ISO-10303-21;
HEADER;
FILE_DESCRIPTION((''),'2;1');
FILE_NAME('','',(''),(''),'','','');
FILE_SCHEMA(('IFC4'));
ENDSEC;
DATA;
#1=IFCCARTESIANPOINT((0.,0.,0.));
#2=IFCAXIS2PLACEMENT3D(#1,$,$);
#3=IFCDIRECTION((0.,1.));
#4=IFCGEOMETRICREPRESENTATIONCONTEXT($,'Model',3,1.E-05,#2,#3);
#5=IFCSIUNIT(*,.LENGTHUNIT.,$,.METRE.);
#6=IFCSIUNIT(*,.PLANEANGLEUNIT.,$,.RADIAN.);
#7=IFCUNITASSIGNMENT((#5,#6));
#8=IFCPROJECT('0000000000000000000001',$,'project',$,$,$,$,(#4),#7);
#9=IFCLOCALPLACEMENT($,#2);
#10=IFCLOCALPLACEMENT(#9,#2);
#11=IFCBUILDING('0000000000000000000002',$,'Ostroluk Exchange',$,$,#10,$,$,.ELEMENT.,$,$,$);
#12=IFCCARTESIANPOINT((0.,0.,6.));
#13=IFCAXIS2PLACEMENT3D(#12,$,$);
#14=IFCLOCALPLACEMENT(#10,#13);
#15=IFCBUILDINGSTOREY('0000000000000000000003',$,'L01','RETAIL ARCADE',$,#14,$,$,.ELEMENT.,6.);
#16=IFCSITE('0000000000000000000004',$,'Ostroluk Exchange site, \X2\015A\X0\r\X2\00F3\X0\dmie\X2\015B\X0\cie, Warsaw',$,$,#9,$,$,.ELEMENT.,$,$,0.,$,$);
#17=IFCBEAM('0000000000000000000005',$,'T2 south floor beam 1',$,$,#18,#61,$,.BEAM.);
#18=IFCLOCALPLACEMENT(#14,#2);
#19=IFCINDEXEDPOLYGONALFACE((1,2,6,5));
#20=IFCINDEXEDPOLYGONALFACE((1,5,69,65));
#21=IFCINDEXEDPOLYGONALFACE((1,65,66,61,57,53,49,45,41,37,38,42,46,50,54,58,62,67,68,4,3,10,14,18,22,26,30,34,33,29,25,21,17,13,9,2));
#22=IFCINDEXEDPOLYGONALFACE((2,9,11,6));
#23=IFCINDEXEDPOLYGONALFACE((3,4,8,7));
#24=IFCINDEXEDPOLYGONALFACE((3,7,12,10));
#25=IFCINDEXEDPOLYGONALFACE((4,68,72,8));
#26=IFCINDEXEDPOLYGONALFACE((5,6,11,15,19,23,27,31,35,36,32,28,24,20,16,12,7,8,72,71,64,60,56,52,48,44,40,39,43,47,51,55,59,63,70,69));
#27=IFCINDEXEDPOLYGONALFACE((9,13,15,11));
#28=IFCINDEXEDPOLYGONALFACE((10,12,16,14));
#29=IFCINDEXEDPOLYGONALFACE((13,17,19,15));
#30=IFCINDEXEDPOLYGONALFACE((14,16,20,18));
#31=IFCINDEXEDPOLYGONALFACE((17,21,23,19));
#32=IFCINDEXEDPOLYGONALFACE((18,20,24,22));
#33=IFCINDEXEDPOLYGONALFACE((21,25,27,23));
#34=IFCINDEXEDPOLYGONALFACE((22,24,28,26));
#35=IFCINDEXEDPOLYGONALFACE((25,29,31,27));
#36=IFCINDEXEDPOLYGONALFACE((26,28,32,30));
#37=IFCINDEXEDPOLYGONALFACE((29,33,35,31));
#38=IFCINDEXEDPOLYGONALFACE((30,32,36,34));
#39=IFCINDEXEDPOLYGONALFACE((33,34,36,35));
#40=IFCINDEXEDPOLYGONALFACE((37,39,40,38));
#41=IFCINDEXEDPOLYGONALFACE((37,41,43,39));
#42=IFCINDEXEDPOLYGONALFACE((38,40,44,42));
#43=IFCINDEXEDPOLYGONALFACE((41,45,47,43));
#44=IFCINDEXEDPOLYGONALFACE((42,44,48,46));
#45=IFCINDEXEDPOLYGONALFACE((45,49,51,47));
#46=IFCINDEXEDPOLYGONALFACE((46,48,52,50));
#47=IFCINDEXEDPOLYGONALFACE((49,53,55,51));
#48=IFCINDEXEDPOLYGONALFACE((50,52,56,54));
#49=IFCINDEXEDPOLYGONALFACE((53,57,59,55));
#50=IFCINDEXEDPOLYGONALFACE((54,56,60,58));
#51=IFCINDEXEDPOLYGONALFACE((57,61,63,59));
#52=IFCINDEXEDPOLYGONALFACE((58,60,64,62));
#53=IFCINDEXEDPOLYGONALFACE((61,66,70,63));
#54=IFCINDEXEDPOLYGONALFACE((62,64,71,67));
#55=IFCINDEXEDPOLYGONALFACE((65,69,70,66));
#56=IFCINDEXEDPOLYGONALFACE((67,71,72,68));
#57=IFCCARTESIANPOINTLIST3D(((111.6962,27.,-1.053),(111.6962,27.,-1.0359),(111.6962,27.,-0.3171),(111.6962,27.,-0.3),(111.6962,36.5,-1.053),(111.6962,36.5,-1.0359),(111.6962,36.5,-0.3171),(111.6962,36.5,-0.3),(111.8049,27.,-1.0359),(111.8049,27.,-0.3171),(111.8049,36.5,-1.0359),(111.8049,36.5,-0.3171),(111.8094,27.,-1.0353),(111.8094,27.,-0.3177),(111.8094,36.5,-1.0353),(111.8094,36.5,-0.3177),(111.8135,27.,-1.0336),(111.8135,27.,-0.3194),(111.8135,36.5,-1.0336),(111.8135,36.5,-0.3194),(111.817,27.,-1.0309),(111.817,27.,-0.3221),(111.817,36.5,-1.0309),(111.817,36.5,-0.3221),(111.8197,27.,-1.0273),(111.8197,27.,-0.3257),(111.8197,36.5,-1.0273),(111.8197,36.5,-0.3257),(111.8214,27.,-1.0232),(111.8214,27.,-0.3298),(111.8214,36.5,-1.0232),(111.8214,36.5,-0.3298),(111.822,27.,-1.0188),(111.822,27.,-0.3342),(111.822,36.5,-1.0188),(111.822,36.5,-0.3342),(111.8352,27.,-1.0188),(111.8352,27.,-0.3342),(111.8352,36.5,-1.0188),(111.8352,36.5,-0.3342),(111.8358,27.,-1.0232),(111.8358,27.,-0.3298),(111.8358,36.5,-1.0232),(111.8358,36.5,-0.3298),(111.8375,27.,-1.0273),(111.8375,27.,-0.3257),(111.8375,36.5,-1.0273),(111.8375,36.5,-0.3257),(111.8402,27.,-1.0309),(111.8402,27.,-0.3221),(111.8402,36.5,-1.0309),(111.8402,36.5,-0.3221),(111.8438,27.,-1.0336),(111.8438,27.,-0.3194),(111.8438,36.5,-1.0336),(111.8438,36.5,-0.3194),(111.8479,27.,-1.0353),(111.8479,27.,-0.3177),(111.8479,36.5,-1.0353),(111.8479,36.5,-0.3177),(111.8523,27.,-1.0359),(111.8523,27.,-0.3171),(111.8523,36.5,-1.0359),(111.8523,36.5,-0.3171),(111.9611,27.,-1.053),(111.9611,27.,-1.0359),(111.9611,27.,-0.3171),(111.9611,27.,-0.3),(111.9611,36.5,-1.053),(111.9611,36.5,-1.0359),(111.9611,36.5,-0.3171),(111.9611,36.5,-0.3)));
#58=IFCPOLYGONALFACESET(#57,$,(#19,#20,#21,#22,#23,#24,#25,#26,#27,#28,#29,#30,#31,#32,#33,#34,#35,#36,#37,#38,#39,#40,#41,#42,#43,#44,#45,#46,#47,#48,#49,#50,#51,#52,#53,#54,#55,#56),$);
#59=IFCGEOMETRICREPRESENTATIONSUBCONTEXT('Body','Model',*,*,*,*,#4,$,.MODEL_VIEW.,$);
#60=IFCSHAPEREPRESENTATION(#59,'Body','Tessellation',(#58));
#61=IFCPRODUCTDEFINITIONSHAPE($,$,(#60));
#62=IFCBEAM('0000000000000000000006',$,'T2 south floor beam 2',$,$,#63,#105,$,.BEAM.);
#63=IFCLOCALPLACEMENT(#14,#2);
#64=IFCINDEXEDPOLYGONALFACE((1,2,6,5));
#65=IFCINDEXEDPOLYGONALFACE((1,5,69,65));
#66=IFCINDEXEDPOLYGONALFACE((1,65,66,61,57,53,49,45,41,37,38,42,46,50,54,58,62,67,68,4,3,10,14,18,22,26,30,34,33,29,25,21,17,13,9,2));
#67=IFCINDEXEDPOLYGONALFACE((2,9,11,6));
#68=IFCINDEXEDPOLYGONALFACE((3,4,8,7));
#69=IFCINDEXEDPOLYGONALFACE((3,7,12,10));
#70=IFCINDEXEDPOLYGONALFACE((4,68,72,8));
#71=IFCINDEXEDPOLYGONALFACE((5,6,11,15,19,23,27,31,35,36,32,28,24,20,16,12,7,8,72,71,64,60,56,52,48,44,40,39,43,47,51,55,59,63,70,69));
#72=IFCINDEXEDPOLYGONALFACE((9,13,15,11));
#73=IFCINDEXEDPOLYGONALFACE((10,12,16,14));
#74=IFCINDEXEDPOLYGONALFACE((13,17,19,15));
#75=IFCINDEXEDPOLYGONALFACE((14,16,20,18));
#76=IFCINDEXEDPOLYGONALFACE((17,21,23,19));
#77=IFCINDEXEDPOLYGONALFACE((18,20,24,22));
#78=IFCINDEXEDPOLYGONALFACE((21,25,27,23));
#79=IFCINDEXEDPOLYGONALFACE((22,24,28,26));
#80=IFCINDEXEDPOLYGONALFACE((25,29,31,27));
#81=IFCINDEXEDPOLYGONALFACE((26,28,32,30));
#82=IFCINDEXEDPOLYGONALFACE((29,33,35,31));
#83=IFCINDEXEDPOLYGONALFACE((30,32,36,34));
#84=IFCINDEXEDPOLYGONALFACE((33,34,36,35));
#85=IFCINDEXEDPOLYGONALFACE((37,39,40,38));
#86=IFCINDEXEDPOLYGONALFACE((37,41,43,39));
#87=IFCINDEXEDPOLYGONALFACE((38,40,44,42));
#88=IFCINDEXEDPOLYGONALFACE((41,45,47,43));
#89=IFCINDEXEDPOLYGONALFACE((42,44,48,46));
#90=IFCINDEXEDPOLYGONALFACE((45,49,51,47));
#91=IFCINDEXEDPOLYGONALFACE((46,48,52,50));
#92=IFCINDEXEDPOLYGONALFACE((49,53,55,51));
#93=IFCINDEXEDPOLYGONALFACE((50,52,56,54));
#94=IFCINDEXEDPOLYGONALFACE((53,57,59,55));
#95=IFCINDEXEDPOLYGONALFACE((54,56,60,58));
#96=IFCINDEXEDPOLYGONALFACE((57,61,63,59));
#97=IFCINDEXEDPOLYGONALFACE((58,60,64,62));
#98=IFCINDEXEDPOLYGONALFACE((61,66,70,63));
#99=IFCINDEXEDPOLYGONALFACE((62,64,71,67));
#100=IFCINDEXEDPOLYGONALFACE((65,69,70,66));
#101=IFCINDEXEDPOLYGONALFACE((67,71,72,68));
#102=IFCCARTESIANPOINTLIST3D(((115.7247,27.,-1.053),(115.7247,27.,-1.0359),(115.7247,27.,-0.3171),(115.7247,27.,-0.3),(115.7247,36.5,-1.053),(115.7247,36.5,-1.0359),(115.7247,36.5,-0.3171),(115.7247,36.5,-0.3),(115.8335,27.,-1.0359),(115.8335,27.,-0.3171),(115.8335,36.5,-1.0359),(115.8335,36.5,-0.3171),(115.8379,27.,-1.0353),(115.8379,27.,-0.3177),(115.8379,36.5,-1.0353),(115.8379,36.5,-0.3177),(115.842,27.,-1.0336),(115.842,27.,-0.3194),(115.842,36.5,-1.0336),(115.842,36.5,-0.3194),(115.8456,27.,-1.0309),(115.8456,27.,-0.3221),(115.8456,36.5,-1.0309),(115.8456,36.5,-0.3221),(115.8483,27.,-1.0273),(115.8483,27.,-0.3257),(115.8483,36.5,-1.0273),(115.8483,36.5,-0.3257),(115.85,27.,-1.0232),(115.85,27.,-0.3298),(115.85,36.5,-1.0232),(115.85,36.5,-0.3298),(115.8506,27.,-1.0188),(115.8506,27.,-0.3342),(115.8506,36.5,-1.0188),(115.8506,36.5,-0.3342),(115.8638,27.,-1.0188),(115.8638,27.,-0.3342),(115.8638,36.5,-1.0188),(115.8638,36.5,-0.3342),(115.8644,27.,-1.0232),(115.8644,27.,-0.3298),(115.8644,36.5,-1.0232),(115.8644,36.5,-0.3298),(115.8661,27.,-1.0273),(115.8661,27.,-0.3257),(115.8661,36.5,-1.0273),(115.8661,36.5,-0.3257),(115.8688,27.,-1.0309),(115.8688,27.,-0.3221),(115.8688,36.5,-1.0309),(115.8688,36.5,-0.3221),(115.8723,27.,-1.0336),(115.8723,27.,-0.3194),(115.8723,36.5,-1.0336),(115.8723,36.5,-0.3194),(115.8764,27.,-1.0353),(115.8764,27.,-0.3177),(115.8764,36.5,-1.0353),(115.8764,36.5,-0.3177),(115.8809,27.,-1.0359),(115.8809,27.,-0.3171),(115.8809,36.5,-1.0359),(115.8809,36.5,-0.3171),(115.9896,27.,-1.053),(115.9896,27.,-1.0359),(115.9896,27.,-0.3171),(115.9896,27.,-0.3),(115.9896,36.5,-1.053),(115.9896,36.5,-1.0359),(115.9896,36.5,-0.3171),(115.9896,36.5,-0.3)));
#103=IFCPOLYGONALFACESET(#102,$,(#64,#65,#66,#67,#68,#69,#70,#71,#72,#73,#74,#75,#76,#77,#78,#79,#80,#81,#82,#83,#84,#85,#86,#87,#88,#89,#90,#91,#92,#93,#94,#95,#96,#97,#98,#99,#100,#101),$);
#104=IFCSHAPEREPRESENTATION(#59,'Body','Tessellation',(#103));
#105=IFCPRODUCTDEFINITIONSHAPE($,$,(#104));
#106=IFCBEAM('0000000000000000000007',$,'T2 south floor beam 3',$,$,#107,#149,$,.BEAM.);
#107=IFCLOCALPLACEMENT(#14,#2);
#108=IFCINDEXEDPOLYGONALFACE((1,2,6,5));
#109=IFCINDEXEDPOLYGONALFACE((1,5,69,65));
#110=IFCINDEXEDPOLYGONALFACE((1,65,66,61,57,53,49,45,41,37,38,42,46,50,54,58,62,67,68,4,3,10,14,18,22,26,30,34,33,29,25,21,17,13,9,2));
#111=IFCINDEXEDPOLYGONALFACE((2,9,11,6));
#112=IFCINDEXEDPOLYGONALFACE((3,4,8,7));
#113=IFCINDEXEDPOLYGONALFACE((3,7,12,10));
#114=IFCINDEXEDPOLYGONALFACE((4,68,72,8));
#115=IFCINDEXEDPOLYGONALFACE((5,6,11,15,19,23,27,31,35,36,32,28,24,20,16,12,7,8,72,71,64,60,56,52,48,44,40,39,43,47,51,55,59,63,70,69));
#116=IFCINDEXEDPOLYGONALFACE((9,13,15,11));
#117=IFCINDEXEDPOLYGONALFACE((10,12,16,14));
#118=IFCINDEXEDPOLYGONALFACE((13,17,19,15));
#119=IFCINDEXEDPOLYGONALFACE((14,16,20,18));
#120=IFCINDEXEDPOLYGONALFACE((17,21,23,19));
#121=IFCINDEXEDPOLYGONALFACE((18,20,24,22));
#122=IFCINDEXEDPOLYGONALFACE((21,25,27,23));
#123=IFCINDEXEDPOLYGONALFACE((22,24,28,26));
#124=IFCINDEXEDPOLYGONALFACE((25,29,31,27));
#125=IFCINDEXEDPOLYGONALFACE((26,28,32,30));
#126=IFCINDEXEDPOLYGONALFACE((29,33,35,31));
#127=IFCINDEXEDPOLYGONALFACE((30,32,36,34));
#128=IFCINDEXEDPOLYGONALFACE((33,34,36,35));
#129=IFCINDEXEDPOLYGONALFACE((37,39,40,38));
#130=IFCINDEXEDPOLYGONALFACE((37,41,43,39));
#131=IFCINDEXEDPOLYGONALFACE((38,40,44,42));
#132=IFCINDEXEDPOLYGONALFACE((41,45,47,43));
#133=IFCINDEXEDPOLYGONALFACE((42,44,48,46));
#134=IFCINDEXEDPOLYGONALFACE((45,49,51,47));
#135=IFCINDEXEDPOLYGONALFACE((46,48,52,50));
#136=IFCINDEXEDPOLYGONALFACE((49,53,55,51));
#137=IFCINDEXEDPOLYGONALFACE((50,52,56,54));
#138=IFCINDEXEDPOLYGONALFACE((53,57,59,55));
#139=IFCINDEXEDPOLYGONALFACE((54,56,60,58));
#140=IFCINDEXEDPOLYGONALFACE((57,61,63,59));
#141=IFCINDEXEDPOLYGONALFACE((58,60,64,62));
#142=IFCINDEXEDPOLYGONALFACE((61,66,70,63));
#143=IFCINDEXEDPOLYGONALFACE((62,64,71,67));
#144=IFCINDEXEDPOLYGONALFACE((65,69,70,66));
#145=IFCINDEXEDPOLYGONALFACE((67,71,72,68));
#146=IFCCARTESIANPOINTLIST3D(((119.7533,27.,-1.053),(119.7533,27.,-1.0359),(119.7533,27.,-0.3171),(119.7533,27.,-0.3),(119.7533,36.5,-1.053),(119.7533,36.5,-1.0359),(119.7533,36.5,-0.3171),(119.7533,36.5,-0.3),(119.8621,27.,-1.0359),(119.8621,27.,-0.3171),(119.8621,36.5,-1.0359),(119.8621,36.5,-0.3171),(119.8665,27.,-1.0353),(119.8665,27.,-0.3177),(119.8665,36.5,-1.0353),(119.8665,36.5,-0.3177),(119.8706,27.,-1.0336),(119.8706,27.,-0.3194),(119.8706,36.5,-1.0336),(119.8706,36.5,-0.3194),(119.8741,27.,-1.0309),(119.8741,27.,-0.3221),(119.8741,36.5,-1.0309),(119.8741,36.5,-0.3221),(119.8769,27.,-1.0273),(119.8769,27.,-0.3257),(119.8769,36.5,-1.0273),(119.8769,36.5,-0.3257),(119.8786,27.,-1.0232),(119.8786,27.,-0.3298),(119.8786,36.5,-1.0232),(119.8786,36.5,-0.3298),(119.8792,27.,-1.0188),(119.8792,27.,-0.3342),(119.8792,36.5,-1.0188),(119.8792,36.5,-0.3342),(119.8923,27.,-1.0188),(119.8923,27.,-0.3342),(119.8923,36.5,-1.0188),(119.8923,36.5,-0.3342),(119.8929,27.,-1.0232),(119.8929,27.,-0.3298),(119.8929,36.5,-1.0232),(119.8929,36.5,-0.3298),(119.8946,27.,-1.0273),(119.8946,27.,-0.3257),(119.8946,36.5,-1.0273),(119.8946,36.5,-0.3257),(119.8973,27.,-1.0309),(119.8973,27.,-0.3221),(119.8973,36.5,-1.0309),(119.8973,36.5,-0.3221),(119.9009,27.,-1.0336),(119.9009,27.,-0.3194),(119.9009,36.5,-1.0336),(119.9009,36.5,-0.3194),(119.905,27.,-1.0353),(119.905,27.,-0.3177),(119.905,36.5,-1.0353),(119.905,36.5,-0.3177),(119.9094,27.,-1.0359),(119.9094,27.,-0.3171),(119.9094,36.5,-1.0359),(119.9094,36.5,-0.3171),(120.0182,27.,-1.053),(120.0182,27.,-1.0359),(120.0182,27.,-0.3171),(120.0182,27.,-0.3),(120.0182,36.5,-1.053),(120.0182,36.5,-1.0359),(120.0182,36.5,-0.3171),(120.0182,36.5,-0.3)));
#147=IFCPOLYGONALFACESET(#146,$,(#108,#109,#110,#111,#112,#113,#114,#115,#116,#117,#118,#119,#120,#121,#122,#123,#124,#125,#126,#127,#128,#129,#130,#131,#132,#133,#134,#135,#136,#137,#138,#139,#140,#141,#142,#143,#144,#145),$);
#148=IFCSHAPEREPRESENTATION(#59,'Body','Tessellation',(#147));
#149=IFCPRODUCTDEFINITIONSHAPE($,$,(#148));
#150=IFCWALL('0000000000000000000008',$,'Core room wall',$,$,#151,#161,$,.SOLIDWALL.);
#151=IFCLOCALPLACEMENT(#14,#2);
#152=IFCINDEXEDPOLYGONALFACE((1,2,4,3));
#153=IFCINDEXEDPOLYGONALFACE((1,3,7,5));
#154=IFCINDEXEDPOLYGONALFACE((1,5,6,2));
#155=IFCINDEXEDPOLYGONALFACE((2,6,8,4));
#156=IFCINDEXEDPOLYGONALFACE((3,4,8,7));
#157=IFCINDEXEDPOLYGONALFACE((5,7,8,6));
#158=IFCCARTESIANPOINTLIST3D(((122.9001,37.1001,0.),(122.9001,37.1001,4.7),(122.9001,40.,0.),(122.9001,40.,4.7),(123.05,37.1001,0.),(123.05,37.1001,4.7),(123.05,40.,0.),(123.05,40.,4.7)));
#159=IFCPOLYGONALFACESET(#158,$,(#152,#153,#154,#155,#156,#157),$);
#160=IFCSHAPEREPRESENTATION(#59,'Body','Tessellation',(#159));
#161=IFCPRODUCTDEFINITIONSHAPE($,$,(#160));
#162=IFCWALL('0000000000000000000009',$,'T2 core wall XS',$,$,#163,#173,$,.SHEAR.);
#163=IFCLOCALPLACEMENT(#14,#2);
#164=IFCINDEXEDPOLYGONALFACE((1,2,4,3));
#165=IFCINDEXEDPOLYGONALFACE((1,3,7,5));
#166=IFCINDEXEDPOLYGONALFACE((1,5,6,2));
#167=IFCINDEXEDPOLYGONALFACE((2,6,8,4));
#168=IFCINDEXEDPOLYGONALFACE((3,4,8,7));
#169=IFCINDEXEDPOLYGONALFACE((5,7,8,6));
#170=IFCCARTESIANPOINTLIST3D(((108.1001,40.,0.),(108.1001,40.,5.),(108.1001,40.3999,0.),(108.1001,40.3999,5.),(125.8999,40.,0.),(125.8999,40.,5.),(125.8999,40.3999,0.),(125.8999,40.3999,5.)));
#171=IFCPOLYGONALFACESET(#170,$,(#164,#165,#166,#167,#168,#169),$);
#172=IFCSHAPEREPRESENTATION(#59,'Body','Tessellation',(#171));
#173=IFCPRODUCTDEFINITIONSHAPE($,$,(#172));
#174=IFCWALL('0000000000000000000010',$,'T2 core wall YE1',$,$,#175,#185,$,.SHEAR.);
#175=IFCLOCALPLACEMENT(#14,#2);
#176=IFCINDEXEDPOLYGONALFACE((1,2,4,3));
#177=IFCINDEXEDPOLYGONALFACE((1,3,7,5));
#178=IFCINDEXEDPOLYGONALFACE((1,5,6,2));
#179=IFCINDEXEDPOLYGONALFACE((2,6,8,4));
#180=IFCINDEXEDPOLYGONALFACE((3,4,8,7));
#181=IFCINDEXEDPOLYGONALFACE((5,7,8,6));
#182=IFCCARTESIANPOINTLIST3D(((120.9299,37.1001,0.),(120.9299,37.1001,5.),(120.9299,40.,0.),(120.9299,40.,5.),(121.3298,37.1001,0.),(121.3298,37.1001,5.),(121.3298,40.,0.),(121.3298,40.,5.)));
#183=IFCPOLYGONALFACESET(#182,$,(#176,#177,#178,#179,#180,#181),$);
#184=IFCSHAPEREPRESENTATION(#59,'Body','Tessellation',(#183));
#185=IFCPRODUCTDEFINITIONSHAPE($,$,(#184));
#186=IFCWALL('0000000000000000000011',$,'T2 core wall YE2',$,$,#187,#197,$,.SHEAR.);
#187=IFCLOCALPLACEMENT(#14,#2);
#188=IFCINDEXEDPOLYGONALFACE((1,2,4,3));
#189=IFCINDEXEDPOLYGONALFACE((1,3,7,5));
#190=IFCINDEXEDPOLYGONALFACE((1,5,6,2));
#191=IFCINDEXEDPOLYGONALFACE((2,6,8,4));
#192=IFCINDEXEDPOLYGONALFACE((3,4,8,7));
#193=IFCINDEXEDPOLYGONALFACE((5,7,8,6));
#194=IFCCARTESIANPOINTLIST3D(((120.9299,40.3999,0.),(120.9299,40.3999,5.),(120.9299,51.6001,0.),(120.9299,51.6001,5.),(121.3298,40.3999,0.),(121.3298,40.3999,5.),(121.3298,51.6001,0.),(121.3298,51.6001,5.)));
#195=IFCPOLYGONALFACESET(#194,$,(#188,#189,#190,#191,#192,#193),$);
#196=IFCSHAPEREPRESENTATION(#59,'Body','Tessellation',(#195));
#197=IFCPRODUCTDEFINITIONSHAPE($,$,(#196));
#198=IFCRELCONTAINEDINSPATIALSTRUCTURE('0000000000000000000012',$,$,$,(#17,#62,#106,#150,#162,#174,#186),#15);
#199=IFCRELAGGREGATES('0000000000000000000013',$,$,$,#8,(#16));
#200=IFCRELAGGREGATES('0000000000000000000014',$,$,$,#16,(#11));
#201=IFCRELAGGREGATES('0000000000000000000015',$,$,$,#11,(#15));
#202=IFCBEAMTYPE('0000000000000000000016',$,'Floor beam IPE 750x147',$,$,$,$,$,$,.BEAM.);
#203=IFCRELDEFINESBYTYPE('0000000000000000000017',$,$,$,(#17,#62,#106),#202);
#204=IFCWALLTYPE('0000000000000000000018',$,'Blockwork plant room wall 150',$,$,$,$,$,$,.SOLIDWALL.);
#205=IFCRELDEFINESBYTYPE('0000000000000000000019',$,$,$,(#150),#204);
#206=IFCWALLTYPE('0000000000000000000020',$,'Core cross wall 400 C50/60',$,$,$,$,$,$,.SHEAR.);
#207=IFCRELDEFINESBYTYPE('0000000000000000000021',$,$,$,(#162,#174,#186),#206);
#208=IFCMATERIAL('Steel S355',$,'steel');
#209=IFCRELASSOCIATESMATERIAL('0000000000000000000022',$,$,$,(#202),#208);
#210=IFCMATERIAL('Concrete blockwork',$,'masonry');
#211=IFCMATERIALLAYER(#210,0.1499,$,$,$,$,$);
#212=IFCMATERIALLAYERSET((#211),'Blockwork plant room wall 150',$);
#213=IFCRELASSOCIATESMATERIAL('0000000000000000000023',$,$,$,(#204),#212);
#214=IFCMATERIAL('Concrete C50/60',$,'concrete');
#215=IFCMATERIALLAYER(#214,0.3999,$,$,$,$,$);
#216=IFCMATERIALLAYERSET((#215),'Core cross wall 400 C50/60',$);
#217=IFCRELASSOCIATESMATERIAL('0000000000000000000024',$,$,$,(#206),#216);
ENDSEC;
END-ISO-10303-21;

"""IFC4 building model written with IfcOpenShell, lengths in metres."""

from ifc_helpers import new_model, si_unit, direction, frame, frame_2d, origin, origin_2d, place, context, subcontext, project, spatial, rectangle, i_section, extrude, material, layer, layer_set, material_profile, profile_set, type_object, element, save


model = new_model("IFC4")

# Units and contexts
model_context = context("Model", 3, precision=1e-05, world=origin(), true_north=direction((0.0, 1.0)))
body_context = subcontext(model_context, "Body", "Model", "MODEL_VIEW")
ifc_project = project(units=[si_unit("LENGTHUNIT", "METRE"), si_unit("PLANEANGLEUNIT", "RADIAN")], contexts=[model_context])

# Site, building, storey
site_placement = place(None, origin())
site = spatial("IfcSite", under=ifc_project, at=site_placement, Name="Ostroluk Exchange site, Śródmieście, Warsaw", CompositionType="ELEMENT", RefElevation=0.0)
building_placement = place(site_placement, origin())
building = spatial("IfcBuilding", under=site, at=building_placement, Name="Ostroluk Exchange", CompositionType="ELEMENT")
storey_placement = place(building_placement, frame((0.0, 0.0, 6.0)))
storey = spatial("IfcBuildingStorey", under=building, at=storey_placement, Name="L01", Description="RETAIL ARCADE", CompositionType="ELEMENT", Elevation=6.0)

# Beams
ifc_material_1 = material(Name="Steel S355", Category="steel")
ifc_material_profile = material_profile(ifc_material_1, i_section(OverallWidth=0.2649, OverallDepth=0.7529, WebThickness=0.0132, FlangeThickness=0.0171, FilletRadius=0.0171, at=origin_2d()), Name="IPE 750x147")
ifc_profile_set = profile_set([ifc_material_profile], Name="Steel S355")
beam_type = type_object("IfcBeamType", Name="Floor beam IPE 750x147", PredefinedType="BEAM", material=ifc_profile_set)
for number, where, z_axis, x_axis, name in (
    (1, (111.8286, 36.5, -0.6765), (0.0, -1.0, 0.0), (1.0, 0.0, 0.0), "T2 south floor beam 1"),
    (2, (115.8572, 36.5, -0.6765), (0.0, -1.0, 0.0), (1.0, 0.0, 0.0), "T2 south floor beam 2"),
    (3, (119.8857, 36.5, -0.6765), (0.0, -1.0, 0.0), (1.0, 0.0, 0.0), "T2 south floor beam 3"),
):
    element("IfcBeam", number, at=place(storey_placement, frame(where, z_axis=z_axis, x_axis=x_axis)), inside=storey, type_object=beam_type, Name=name, PredefinedType="BEAM", context=body_context, shape_type="SweptSolid", body=[
        extrude(i_section(OverallWidth=0.2649, OverallDepth=0.7529, WebThickness=0.0132, FlangeThickness=0.0171, FilletRadius=0.0171, at=origin_2d()), origin(), (0.0, 0.0, 1.0), 9.5),
    ])

# Walls
ifc_material_2 = material(Name="Concrete blockwork", Category="masonry")
ifc_layer_1 = layer(ifc_material_2, 0.1499)
ifc_layer_set_1 = layer_set([ifc_layer_1], Name="Blockwork plant room wall 150")
wall_type_1 = type_object("IfcWallType", Name="Blockwork plant room wall 150", PredefinedType="SOLIDWALL", material=ifc_layer_set_1)
wall_1_placement = place(storey_placement, frame((122.9751, 37.1001, 0.0), z_axis=(0.0, 0.0, 1.0), x_axis=(0.0, 1.0, 0.0)))
element("IfcWall", 4, at=wall_1_placement, inside=storey, type_object=wall_type_1, Name="Core room wall", PredefinedType="SOLIDWALL", context=body_context, shape_type="SweptSolid", body=[
    extrude(rectangle(XDim=2.8999, YDim=0.1499, at=frame_2d((1.45, 0.0))), origin(), (0.0, 0.0, 1.0), 4.7),
])
ifc_material_3 = material(Name="Concrete C50/60", Category="concrete")
ifc_layer_2 = layer(ifc_material_3, 0.3999)
ifc_layer_set_2 = layer_set([ifc_layer_2], Name="Core cross wall 400 C50/60")
wall_type_2 = type_object("IfcWallType", Name="Core cross wall 400 C50/60", PredefinedType="SHEAR", material=ifc_layer_set_2)
wall_2_placement = place(storey_placement, frame((108.1001, 40.2, 0.0), z_axis=(0.0, 0.0, 1.0), x_axis=(1.0, 0.0, 0.0)))
element("IfcWall", 5, at=wall_2_placement, inside=storey, type_object=wall_type_2, Name="T2 core wall XS", PredefinedType="SHEAR", context=body_context, shape_type="SweptSolid", body=[
    extrude(rectangle(XDim=17.7998, YDim=0.3999, at=frame_2d((8.8999, 0.0))), origin(), (0.0, 0.0, 1.0), 5.0),
])
wall_3_placement = place(storey_placement, frame((121.1299, 37.1001, 0.0), z_axis=(0.0, 0.0, 1.0), x_axis=(0.0, 1.0, 0.0)))
element("IfcWall", 6, at=wall_3_placement, inside=storey, type_object=wall_type_2, Name="T2 core wall YE1", PredefinedType="SHEAR", context=body_context, shape_type="SweptSolid", body=[
    extrude(rectangle(XDim=2.8999, YDim=0.3999, at=frame_2d((1.45, 0.0))), origin(), (0.0, 0.0, 1.0), 5.0),
])
wall_4_placement = place(storey_placement, frame((121.1299, 40.3999, 0.0), z_axis=(0.0, 0.0, 1.0), x_axis=(0.0, 1.0, 0.0)))
element("IfcWall", 7, at=wall_4_placement, inside=storey, type_object=wall_type_2, Name="T2 core wall YE2", PredefinedType="SHEAR", context=body_context, shape_type="SweptSolid", body=[
    extrude(rectangle(XDim=11.2002, YDim=0.3999, at=frame_2d((5.6001, 0.0))), origin(), (0.0, 0.0, 1.0), 5.0),
])

save(model, "model.ifc")
